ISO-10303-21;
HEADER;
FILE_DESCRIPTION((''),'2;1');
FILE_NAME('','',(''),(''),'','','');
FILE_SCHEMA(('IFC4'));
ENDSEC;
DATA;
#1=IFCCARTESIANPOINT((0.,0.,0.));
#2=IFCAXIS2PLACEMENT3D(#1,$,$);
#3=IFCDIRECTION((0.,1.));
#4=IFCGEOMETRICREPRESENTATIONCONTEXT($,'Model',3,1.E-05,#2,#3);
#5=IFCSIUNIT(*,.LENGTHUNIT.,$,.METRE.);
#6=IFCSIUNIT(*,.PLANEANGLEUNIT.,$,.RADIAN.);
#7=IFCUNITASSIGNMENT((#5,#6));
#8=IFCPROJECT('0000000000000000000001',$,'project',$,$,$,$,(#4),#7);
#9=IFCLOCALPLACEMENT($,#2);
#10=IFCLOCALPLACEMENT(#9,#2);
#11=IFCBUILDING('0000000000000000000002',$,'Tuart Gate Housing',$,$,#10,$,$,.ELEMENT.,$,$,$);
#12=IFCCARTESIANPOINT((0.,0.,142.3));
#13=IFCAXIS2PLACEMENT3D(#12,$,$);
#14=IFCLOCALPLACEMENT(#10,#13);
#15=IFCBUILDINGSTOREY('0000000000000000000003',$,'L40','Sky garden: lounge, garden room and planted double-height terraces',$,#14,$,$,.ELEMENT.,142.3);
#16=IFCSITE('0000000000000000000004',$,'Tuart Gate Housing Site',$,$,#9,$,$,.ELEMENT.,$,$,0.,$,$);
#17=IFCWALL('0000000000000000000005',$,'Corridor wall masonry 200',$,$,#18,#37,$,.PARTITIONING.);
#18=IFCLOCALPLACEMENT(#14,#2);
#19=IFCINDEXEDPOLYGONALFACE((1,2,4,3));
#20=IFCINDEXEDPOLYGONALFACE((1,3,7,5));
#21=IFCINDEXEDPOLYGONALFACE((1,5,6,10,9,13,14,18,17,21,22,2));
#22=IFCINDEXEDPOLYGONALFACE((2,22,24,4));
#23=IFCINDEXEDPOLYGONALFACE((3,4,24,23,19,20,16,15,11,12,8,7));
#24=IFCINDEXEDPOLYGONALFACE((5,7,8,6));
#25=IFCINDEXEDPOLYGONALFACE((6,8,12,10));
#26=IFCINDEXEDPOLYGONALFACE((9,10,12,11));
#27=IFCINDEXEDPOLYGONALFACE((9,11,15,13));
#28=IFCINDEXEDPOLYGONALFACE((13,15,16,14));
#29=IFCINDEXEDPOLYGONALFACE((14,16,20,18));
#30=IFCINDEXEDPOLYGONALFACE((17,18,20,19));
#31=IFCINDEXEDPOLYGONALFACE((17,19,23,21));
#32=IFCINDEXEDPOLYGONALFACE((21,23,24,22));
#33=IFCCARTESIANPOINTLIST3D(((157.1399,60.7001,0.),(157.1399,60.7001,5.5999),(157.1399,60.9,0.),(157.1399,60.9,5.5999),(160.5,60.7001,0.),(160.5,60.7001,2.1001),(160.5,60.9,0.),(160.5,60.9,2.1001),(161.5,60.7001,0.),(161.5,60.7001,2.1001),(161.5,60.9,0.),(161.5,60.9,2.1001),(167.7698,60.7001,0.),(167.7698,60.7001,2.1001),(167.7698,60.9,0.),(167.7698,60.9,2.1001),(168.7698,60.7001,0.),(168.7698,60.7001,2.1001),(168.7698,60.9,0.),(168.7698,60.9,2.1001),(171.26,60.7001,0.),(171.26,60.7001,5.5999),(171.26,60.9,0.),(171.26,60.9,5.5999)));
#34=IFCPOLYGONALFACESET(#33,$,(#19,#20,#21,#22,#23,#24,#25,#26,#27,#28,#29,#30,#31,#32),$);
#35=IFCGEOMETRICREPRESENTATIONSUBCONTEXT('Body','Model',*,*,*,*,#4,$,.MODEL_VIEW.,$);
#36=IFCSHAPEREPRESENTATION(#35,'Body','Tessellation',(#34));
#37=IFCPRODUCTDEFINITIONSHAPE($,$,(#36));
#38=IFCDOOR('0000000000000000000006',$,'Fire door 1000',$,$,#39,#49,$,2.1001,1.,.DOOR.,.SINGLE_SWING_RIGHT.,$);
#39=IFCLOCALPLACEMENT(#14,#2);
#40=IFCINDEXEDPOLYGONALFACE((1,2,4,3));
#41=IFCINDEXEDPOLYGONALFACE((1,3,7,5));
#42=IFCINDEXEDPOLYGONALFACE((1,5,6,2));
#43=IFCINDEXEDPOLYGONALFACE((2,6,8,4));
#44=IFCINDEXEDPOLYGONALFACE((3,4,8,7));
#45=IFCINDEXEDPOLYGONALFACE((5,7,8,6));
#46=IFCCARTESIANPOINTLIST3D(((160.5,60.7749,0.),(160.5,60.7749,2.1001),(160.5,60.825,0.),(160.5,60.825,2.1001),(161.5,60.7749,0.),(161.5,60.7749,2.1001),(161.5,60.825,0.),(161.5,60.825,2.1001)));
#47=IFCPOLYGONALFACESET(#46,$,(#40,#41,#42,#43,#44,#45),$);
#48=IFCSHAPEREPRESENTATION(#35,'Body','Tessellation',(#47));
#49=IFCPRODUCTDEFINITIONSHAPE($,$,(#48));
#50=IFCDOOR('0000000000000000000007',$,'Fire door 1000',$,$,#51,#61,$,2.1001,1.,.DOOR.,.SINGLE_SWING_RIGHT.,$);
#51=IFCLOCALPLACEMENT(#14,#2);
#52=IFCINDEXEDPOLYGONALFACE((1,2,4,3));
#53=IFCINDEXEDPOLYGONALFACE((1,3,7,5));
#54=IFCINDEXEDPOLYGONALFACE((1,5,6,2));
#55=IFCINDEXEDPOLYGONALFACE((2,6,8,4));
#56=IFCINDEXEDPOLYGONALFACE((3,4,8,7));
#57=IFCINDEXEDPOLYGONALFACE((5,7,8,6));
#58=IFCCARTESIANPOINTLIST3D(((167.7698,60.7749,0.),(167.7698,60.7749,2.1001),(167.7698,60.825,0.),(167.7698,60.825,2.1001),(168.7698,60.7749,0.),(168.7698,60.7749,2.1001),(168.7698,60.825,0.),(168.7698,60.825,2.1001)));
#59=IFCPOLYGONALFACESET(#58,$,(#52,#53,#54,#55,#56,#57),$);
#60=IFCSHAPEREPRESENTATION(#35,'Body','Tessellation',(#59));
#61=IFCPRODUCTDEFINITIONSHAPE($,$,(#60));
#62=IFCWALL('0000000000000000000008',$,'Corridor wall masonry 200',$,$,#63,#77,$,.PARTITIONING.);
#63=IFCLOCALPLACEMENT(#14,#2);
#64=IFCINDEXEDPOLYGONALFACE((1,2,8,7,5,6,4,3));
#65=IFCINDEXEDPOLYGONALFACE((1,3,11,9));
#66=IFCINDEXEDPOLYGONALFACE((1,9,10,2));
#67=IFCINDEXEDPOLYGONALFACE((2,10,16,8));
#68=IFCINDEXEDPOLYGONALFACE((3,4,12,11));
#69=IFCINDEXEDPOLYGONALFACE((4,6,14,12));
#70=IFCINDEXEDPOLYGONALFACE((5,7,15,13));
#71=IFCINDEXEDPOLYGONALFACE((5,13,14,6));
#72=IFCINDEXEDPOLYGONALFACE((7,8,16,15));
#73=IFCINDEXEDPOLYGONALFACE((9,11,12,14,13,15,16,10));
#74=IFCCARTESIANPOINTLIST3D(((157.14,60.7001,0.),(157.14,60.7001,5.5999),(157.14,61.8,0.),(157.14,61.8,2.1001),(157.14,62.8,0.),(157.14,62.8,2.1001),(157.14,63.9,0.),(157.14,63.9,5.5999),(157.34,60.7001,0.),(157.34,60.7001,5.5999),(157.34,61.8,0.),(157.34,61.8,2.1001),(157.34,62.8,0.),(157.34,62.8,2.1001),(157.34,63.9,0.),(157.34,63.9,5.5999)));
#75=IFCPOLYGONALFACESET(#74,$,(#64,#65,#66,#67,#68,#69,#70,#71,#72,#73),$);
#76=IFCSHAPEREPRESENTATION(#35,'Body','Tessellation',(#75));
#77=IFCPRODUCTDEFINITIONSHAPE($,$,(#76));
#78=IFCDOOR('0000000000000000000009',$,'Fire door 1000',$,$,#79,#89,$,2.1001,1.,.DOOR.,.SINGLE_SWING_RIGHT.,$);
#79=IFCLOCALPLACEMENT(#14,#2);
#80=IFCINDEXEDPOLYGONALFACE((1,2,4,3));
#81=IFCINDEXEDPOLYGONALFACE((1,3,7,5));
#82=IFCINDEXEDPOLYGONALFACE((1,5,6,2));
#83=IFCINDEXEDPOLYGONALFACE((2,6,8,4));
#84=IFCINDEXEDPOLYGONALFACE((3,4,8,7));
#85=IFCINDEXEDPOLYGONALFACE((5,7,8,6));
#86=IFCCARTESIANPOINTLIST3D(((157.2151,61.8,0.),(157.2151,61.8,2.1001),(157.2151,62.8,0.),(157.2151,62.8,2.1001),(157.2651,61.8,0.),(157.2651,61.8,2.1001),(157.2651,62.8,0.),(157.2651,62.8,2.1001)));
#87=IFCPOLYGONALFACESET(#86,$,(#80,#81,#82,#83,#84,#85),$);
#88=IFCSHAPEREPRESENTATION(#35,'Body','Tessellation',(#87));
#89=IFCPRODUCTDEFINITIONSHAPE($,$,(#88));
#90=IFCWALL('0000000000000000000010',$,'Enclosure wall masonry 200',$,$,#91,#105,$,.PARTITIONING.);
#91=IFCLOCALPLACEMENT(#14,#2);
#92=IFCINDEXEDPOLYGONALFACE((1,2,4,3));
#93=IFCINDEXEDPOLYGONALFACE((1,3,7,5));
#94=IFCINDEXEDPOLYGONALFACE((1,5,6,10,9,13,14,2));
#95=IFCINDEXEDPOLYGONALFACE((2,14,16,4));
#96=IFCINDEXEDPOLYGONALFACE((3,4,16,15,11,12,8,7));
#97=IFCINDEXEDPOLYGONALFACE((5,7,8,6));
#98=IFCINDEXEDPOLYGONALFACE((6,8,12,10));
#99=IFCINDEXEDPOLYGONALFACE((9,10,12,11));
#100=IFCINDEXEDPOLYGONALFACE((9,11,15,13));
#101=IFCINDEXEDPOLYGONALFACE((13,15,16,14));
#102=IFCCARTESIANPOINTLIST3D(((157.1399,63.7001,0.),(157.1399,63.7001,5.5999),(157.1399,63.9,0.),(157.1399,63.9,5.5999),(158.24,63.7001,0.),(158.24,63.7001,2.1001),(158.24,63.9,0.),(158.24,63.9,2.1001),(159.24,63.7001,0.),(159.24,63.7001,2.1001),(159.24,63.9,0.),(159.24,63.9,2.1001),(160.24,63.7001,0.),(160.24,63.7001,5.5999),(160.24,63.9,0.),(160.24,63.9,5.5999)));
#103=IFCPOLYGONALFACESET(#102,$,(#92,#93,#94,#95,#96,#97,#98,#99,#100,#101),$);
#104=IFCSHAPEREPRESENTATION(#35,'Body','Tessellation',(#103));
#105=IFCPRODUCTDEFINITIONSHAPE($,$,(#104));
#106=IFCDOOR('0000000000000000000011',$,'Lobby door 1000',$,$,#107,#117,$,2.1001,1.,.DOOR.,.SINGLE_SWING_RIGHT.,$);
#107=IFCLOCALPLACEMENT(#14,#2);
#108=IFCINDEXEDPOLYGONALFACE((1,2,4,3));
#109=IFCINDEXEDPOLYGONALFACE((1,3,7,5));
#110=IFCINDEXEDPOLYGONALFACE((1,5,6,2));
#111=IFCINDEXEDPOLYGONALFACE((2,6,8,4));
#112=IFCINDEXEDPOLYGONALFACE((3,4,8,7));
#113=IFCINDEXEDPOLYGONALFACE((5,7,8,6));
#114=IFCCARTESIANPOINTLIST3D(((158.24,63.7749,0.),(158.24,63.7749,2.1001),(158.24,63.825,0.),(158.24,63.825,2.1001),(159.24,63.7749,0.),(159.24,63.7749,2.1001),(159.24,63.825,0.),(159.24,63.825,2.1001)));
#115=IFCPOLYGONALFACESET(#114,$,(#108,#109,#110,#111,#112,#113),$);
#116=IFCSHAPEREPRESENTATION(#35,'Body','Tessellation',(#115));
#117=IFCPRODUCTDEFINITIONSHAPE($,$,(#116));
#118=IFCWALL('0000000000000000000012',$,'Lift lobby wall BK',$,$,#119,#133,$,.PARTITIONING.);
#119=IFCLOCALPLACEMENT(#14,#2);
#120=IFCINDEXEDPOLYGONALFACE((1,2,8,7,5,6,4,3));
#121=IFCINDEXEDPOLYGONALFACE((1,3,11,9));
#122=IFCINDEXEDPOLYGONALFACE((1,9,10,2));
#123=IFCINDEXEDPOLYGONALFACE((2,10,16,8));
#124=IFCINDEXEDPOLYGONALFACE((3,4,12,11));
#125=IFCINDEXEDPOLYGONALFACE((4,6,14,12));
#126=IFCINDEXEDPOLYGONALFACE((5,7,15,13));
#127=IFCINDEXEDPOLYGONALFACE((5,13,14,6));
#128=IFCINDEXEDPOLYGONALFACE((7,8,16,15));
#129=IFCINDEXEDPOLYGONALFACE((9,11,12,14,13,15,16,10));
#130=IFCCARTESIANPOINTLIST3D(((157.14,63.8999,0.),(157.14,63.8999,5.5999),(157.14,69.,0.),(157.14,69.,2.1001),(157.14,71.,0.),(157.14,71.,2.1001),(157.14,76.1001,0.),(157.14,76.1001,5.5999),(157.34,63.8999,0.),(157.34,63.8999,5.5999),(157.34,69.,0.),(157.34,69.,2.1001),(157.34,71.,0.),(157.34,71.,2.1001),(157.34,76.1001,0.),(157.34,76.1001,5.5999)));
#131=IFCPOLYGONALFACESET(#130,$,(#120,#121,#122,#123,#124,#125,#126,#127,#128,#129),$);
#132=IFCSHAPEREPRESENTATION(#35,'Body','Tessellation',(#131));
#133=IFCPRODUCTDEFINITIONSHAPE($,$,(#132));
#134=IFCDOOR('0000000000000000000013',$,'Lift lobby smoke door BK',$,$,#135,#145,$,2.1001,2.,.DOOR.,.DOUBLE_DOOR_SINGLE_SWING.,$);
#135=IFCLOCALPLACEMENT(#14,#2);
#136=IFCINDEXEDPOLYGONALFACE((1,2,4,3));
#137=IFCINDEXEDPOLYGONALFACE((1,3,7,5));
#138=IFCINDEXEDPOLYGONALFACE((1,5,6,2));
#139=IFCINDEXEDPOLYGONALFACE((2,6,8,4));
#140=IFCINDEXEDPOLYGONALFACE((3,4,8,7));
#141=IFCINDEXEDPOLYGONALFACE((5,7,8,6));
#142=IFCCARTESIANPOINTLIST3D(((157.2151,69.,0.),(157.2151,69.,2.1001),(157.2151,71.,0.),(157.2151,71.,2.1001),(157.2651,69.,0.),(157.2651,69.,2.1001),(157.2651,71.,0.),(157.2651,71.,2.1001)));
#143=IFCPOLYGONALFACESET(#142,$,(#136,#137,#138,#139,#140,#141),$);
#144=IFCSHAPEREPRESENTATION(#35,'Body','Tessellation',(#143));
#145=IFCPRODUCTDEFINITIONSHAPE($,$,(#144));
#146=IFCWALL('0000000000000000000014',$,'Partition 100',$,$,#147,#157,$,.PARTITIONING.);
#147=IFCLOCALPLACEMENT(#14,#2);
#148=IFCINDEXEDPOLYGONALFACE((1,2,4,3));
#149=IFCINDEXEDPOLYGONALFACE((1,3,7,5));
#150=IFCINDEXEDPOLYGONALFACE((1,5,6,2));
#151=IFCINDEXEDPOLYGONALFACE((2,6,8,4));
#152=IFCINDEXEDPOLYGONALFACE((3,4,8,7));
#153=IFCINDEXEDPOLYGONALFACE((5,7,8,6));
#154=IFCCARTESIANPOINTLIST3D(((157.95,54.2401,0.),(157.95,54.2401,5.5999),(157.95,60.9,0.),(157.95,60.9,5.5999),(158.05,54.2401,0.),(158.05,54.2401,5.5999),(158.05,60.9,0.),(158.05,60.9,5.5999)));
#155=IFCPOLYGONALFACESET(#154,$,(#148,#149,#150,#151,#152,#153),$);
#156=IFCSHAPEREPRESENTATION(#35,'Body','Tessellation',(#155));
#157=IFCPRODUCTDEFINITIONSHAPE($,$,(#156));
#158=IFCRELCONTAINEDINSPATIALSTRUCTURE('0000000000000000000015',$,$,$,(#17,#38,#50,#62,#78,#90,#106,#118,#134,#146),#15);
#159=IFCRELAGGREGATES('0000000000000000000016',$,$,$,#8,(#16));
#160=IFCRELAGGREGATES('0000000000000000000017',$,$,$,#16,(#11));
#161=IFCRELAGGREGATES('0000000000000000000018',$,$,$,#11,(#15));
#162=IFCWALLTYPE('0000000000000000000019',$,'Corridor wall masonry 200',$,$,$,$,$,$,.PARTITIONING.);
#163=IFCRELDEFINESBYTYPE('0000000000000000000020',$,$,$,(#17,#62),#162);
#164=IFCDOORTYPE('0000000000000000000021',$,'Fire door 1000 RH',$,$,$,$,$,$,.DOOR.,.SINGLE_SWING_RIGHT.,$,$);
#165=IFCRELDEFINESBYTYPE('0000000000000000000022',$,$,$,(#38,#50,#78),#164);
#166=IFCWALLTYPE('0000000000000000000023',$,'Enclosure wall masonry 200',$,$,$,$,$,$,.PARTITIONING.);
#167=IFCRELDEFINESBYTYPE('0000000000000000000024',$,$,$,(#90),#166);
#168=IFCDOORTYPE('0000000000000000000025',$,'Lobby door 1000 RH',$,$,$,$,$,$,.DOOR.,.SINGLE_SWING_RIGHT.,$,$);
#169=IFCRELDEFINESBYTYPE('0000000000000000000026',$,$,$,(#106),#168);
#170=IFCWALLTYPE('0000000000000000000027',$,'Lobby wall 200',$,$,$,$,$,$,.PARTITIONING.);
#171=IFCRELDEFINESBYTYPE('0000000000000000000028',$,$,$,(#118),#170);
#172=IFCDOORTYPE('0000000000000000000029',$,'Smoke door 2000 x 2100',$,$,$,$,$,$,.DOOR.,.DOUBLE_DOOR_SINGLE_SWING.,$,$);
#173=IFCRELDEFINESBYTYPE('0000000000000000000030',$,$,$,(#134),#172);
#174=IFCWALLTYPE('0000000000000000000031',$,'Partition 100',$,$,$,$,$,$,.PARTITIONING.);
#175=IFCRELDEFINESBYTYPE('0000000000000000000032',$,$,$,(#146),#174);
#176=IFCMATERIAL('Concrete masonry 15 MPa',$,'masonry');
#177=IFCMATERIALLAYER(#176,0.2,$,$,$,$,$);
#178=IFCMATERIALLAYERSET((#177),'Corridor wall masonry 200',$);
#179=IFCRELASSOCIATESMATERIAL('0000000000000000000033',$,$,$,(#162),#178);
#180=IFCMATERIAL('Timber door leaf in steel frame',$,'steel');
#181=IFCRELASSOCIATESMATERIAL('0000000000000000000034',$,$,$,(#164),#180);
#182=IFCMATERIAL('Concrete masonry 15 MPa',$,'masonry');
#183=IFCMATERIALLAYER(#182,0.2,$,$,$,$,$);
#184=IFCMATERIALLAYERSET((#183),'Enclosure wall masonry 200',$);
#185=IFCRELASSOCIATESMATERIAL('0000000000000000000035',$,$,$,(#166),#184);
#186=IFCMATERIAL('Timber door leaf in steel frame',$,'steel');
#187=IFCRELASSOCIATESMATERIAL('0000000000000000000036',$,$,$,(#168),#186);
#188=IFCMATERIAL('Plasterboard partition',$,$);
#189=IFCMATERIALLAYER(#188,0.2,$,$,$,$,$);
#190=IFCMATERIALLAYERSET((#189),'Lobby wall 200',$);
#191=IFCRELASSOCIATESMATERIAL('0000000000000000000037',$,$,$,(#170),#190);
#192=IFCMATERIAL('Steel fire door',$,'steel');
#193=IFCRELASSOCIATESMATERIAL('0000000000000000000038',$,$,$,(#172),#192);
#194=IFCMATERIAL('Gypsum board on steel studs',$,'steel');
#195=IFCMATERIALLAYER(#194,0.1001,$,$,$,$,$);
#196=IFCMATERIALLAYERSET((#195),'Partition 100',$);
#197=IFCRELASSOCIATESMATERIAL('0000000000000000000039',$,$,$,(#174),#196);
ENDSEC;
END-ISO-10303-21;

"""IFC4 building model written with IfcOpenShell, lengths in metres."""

from ifc_helpers import new_model, si_unit, direction, frame, frame_2d, origin, place, context, subcontext, project, spatial, rectangle, extrude, material, layer, layer_set, type_object, element, fill, save


model = new_model("IFC4")

# Units and contexts
model_context = context("Model", 3, precision=1e-05, world=origin(), true_north=direction((0.0, 1.0)))
body_context = subcontext(model_context, "Body", "Model", "MODEL_VIEW")
ifc_project = project(units=[si_unit("LENGTHUNIT", "METRE"), si_unit("PLANEANGLEUNIT", "RADIAN")], contexts=[model_context])

# Site, building, storey
site_placement = place(None, origin())
site = spatial("IfcSite", under=ifc_project, at=site_placement, Name="Tuart Gate Housing Site", CompositionType="ELEMENT", RefElevation=0.0)
building_placement = place(site_placement, origin())
building = spatial("IfcBuilding", under=site, at=building_placement, Name="Tuart Gate Housing", CompositionType="ELEMENT")
storey_placement = place(building_placement, frame((0.0, 0.0, 142.3)))
storey = spatial("IfcBuildingStorey", under=building, at=storey_placement, Name="L40", Description="Sky garden: lounge, garden room and planted double-height terraces", CompositionType="ELEMENT", Elevation=142.3)

# Wall, openings, doors
ifc_material_1 = material(Name="Concrete masonry 15 MPa", Category="masonry")
ifc_layer_1 = layer(ifc_material_1, 0.2)
ifc_layer_set_1 = layer_set([ifc_layer_1], Name="Corridor wall masonry 200")
wall_type_1 = type_object("IfcWallType", Name="Corridor wall masonry 200", PredefinedType="PARTITIONING", material=ifc_layer_set_1)
wall_1_placement = place(storey_placement, frame((157.1399, 60.8, 0.0), z_axis=(0.0, 0.0, 1.0), x_axis=(1.0, 0.0, 0.0)))
wall_1 = element("IfcWall", 1, at=wall_1_placement, inside=storey, type_object=wall_type_1, Name="Corridor wall masonry 200", PredefinedType="PARTITIONING", context=body_context, shape_type="SweptSolid", body=[
    extrude(rectangle(XDim=14.1201, YDim=0.2, at=frame_2d((7.0601, 0.0))), origin(), (0.0, 0.0, 1.0), 5.5999),
])
opening_1_placement = place(wall_1_placement, frame((3.3601, 0.0, 0.0)))
opening_1 = element("IfcOpeningElement", 2, at=opening_1_placement, cuts=wall_1, PredefinedType="OPENING", context=body_context, shape_type="SweptSolid", body=[
    extrude(rectangle(XDim=1.0, YDim=2.1001, at=frame_2d((0.5, 1.05))), frame((0.0, 0.1099, 0.0), z_axis=(0.0, -1.0, 0.0), x_axis=(1.0, 0.0, 0.0)), (0.0, 0.0, 1.0), 0.22),
])
opening_2_placement = place(wall_1_placement, frame((10.6299, 0.0, 0.0)))
opening_2 = element("IfcOpeningElement", 3, at=opening_2_placement, cuts=wall_1, PredefinedType="OPENING", context=body_context, shape_type="SweptSolid", body=[
    extrude(rectangle(XDim=1.0, YDim=2.1001, at=frame_2d((0.5, 1.05))), frame((0.0, 0.1099, 0.0), z_axis=(0.0, -1.0, 0.0), x_axis=(1.0, 0.0, 0.0)), (0.0, 0.0, 1.0), 0.22),
])
ifc_material_2 = material(Name="Timber door leaf in steel frame", Category="steel")
door_type_1 = type_object("IfcDoorType", Name="Fire door 1000 RH", OperationType="SINGLE_SWING_RIGHT", PredefinedType="DOOR", material=ifc_material_2)
door_1_placement = place(opening_1_placement, frame((1.0, 0.0, 0.0), z_axis=(0.0, 0.0, 1.0), x_axis=(-1.0, 0.0, 0.0)))
door_1 = element("IfcDoor", 4, at=door_1_placement, inside=storey, type_object=door_type_1, Name="Fire door 1000", OperationType="SINGLE_SWING_RIGHT", OverallHeight=2.1001, OverallWidth=1.0, PredefinedType="DOOR", context=body_context, shape_type="SweptSolid", body=[
    extrude(rectangle(XDim=1.0, YDim=2.1001, at=frame_2d((0.5, 1.05))), frame((0.0, 0.0251, 0.0), z_axis=(0.0, -1.0, 0.0), x_axis=(1.0, 0.0, 0.0)), (0.0, 0.0, 1.0), 0.05),
])
fill(opening_1, door_1)
door_2_placement = place(opening_2_placement, frame((1.0, 0.0, 0.0), z_axis=(0.0, 0.0, 1.0), x_axis=(-1.0, 0.0, 0.0)))
door_2 = element("IfcDoor", 5, at=door_2_placement, inside=storey, type_object=door_type_1, Name="Fire door 1000", OperationType="SINGLE_SWING_RIGHT", OverallHeight=2.1001, OverallWidth=1.0, PredefinedType="DOOR", context=body_context, shape_type="SweptSolid", body=[
    extrude(rectangle(XDim=1.0, YDim=2.1001, at=frame_2d((0.5, 1.05))), frame((0.0, 0.0251, 0.0), z_axis=(0.0, -1.0, 0.0), x_axis=(1.0, 0.0, 0.0)), (0.0, 0.0, 1.0), 0.05),
])
fill(opening_2, door_2)

# Walls, openings, doors
wall_2_placement = place(storey_placement, frame((157.24, 60.7, 0.0), z_axis=(0.0, 0.0, 1.0), x_axis=(0.0, 1.0, 0.0)))
wall_2 = element("IfcWall", 6, at=wall_2_placement, inside=storey, type_object=wall_type_1, Name="Corridor wall masonry 200", PredefinedType="PARTITIONING", context=body_context, shape_type="SweptSolid", body=[
    extrude(rectangle(XDim=3.2, YDim=0.2, at=frame_2d((1.6001, 0.0))), origin(), (0.0, 0.0, 1.0), 5.5999),
])
opening_3_placement = place(wall_2_placement, frame((1.1001, 0.0, 0.0)))
opening_3 = element("IfcOpeningElement", 7, at=opening_3_placement, cuts=wall_2, PredefinedType="OPENING", context=body_context, shape_type="SweptSolid", body=[
    extrude(rectangle(XDim=1.0, YDim=2.1001, at=frame_2d((0.5, 1.05))), frame((0.0, 0.1099, 0.0), z_axis=(0.0, -1.0, 0.0), x_axis=(1.0, 0.0, 0.0)), (0.0, 0.0, 1.0), 0.22),
])
door_3_placement = place(opening_3_placement, origin())
door_3 = element("IfcDoor", 8, at=door_3_placement, inside=storey, type_object=door_type_1, Name="Fire door 1000", OperationType="SINGLE_SWING_RIGHT", OverallHeight=2.1001, OverallWidth=1.0, PredefinedType="DOOR", context=body_context, shape_type="SweptSolid", body=[
    extrude(rectangle(XDim=1.0, YDim=2.1001, at=frame_2d((0.5, 1.05))), frame((0.0, 0.0249, 0.0), z_axis=(0.0, -1.0, 0.0), x_axis=(1.0, 0.0, 0.0)), (0.0, 0.0, 1.0), 0.05),
])
fill(opening_3, door_3)
ifc_material_3 = material(Name="Concrete masonry 15 MPa", Category="masonry")
ifc_layer_2 = layer(ifc_material_3, 0.2)
ifc_layer_set_2 = layer_set([ifc_layer_2], Name="Enclosure wall masonry 200")
wall_type_2 = type_object("IfcWallType", Name="Enclosure wall masonry 200", PredefinedType="PARTITIONING", material=ifc_layer_set_2)
wall_3_placement = place(storey_placement, frame((157.1399, 63.8, 0.0), z_axis=(0.0, 0.0, 1.0), x_axis=(1.0, 0.0, 0.0)))
wall_3 = element("IfcWall", 9, at=wall_3_placement, inside=storey, type_object=wall_type_2, Name="Enclosure wall masonry 200", PredefinedType="PARTITIONING", context=body_context, shape_type="SweptSolid", body=[
    extrude(rectangle(XDim=3.1001, YDim=0.2, at=frame_2d((1.55, 0.0))), origin(), (0.0, 0.0, 1.0), 5.5999),
])
opening_4_placement = place(wall_3_placement, frame((1.1001, 0.0, 0.0)))
opening_4 = element("IfcOpeningElement", 10, at=opening_4_placement, cuts=wall_3, PredefinedType="OPENING", context=body_context, shape_type="SweptSolid", body=[
    extrude(rectangle(XDim=1.0, YDim=2.1001, at=frame_2d((0.5, 1.05))), frame((0.0, 0.1099, 0.0), z_axis=(0.0, -1.0, 0.0), x_axis=(1.0, 0.0, 0.0)), (0.0, 0.0, 1.0), 0.22),
])
ifc_material_4 = material(Name="Timber door leaf in steel frame", Category="steel")
door_type_2 = type_object("IfcDoorType", Name="Lobby door 1000 RH", OperationType="SINGLE_SWING_RIGHT", PredefinedType="DOOR", material=ifc_material_4)
door_4_placement = place(opening_4_placement, frame((1.0, 0.0, 0.0), z_axis=(0.0, 0.0, 1.0), x_axis=(-1.0, 0.0, 0.0)))
door_4 = element("IfcDoor", 11, at=door_4_placement, inside=storey, type_object=door_type_2, Name="Lobby door 1000", OperationType="SINGLE_SWING_RIGHT", OverallHeight=2.1001, OverallWidth=1.0, PredefinedType="DOOR", context=body_context, shape_type="SweptSolid", body=[
    extrude(rectangle(XDim=1.0, YDim=2.1001, at=frame_2d((0.5, 1.05))), frame((0.0, 0.0251, 0.0), z_axis=(0.0, -1.0, 0.0), x_axis=(1.0, 0.0, 0.0)), (0.0, 0.0, 1.0), 0.05),
])
fill(opening_4, door_4)
ifc_material_5 = material(Name="Plasterboard partition")
ifc_layer_3 = layer(ifc_material_5, 0.2)
ifc_layer_set_3 = layer_set([ifc_layer_3], Name="Lobby wall 200")
wall_type_3 = type_object("IfcWallType", Name="Lobby wall 200", PredefinedType="PARTITIONING", material=ifc_layer_set_3)
wall_4_placement = place(storey_placement, frame((157.24, 63.8999, 0.0), z_axis=(0.0, 0.0, 1.0), x_axis=(0.0, 1.0, 0.0)))
wall_4 = element("IfcWall", 12, at=wall_4_placement, inside=storey, type_object=wall_type_3, Name="Lift lobby wall BK", PredefinedType="PARTITIONING", context=body_context, shape_type="SweptSolid", body=[
    extrude(rectangle(XDim=12.2002, YDim=0.2, at=frame_2d((6.1001, 0.0))), origin(), (0.0, 0.0, 1.0), 5.5999),
])
opening_5_placement = place(wall_4_placement, frame((5.1001, 0.0, 0.0)))
opening_5 = element("IfcOpeningElement", 13, at=opening_5_placement, cuts=wall_4, PredefinedType="OPENING", context=body_context, shape_type="SweptSolid", body=[
    extrude(rectangle(XDim=2.0, YDim=2.1001, at=frame_2d((1.0, 1.05))), frame((0.0, 0.1099, 0.0), z_axis=(0.0, -1.0, 0.0), x_axis=(1.0, 0.0, 0.0)), (0.0, 0.0, 1.0), 0.22),
])
ifc_material_6 = material(Name="Steel fire door", Category="steel")
door_type_3 = type_object("IfcDoorType", Name="Smoke door 2000 x 2100", OperationType="DOUBLE_DOOR_SINGLE_SWING", PredefinedType="DOOR", material=ifc_material_6)
door_5_placement = place(opening_5_placement, origin())
door_5 = element("IfcDoor", 14, at=door_5_placement, inside=storey, type_object=door_type_3, Name="Lift lobby smoke door BK", OperationType="DOUBLE_DOOR_SINGLE_SWING", OverallHeight=2.1001, OverallWidth=2.0, PredefinedType="DOOR", context=body_context, shape_type="SweptSolid", body=[
    extrude(rectangle(XDim=2.0, YDim=2.1001, at=frame_2d((1.0, 1.05))), frame((0.0, 0.0249, 0.0), z_axis=(0.0, -1.0, 0.0), x_axis=(1.0, 0.0, 0.0)), (0.0, 0.0, 1.0), 0.05),
])
fill(opening_5, door_5)

# Wall
ifc_material_7 = material(Name="Gypsum board on steel studs", Category="steel")
ifc_layer_4 = layer(ifc_material_7, 0.1001)
ifc_layer_set_4 = layer_set([ifc_layer_4], Name="Partition 100")
wall_type_4 = type_object("IfcWallType", Name="Partition 100", PredefinedType="PARTITIONING", material=ifc_layer_set_4)
for number, where, z_axis, x_axis, name in (
    (15, (158.0, 54.24, 0.0), (0.0, 0.0, 1.0), (0.0, 1.0, 0.0), "Partition 100"),
):
    element("IfcWall", number, at=place(storey_placement, frame(where, z_axis=z_axis, x_axis=x_axis)), inside=storey, type_object=wall_type_4, Name=name, PredefinedType="PARTITIONING", context=body_context, shape_type="SweptSolid", body=[
        extrude(rectangle(XDim=6.6599, YDim=0.1001, at=frame_2d((3.3301, 0.0))), origin(), (0.0, 0.0, 1.0), 5.5999),
    ])

save(model, "model.ifc")
